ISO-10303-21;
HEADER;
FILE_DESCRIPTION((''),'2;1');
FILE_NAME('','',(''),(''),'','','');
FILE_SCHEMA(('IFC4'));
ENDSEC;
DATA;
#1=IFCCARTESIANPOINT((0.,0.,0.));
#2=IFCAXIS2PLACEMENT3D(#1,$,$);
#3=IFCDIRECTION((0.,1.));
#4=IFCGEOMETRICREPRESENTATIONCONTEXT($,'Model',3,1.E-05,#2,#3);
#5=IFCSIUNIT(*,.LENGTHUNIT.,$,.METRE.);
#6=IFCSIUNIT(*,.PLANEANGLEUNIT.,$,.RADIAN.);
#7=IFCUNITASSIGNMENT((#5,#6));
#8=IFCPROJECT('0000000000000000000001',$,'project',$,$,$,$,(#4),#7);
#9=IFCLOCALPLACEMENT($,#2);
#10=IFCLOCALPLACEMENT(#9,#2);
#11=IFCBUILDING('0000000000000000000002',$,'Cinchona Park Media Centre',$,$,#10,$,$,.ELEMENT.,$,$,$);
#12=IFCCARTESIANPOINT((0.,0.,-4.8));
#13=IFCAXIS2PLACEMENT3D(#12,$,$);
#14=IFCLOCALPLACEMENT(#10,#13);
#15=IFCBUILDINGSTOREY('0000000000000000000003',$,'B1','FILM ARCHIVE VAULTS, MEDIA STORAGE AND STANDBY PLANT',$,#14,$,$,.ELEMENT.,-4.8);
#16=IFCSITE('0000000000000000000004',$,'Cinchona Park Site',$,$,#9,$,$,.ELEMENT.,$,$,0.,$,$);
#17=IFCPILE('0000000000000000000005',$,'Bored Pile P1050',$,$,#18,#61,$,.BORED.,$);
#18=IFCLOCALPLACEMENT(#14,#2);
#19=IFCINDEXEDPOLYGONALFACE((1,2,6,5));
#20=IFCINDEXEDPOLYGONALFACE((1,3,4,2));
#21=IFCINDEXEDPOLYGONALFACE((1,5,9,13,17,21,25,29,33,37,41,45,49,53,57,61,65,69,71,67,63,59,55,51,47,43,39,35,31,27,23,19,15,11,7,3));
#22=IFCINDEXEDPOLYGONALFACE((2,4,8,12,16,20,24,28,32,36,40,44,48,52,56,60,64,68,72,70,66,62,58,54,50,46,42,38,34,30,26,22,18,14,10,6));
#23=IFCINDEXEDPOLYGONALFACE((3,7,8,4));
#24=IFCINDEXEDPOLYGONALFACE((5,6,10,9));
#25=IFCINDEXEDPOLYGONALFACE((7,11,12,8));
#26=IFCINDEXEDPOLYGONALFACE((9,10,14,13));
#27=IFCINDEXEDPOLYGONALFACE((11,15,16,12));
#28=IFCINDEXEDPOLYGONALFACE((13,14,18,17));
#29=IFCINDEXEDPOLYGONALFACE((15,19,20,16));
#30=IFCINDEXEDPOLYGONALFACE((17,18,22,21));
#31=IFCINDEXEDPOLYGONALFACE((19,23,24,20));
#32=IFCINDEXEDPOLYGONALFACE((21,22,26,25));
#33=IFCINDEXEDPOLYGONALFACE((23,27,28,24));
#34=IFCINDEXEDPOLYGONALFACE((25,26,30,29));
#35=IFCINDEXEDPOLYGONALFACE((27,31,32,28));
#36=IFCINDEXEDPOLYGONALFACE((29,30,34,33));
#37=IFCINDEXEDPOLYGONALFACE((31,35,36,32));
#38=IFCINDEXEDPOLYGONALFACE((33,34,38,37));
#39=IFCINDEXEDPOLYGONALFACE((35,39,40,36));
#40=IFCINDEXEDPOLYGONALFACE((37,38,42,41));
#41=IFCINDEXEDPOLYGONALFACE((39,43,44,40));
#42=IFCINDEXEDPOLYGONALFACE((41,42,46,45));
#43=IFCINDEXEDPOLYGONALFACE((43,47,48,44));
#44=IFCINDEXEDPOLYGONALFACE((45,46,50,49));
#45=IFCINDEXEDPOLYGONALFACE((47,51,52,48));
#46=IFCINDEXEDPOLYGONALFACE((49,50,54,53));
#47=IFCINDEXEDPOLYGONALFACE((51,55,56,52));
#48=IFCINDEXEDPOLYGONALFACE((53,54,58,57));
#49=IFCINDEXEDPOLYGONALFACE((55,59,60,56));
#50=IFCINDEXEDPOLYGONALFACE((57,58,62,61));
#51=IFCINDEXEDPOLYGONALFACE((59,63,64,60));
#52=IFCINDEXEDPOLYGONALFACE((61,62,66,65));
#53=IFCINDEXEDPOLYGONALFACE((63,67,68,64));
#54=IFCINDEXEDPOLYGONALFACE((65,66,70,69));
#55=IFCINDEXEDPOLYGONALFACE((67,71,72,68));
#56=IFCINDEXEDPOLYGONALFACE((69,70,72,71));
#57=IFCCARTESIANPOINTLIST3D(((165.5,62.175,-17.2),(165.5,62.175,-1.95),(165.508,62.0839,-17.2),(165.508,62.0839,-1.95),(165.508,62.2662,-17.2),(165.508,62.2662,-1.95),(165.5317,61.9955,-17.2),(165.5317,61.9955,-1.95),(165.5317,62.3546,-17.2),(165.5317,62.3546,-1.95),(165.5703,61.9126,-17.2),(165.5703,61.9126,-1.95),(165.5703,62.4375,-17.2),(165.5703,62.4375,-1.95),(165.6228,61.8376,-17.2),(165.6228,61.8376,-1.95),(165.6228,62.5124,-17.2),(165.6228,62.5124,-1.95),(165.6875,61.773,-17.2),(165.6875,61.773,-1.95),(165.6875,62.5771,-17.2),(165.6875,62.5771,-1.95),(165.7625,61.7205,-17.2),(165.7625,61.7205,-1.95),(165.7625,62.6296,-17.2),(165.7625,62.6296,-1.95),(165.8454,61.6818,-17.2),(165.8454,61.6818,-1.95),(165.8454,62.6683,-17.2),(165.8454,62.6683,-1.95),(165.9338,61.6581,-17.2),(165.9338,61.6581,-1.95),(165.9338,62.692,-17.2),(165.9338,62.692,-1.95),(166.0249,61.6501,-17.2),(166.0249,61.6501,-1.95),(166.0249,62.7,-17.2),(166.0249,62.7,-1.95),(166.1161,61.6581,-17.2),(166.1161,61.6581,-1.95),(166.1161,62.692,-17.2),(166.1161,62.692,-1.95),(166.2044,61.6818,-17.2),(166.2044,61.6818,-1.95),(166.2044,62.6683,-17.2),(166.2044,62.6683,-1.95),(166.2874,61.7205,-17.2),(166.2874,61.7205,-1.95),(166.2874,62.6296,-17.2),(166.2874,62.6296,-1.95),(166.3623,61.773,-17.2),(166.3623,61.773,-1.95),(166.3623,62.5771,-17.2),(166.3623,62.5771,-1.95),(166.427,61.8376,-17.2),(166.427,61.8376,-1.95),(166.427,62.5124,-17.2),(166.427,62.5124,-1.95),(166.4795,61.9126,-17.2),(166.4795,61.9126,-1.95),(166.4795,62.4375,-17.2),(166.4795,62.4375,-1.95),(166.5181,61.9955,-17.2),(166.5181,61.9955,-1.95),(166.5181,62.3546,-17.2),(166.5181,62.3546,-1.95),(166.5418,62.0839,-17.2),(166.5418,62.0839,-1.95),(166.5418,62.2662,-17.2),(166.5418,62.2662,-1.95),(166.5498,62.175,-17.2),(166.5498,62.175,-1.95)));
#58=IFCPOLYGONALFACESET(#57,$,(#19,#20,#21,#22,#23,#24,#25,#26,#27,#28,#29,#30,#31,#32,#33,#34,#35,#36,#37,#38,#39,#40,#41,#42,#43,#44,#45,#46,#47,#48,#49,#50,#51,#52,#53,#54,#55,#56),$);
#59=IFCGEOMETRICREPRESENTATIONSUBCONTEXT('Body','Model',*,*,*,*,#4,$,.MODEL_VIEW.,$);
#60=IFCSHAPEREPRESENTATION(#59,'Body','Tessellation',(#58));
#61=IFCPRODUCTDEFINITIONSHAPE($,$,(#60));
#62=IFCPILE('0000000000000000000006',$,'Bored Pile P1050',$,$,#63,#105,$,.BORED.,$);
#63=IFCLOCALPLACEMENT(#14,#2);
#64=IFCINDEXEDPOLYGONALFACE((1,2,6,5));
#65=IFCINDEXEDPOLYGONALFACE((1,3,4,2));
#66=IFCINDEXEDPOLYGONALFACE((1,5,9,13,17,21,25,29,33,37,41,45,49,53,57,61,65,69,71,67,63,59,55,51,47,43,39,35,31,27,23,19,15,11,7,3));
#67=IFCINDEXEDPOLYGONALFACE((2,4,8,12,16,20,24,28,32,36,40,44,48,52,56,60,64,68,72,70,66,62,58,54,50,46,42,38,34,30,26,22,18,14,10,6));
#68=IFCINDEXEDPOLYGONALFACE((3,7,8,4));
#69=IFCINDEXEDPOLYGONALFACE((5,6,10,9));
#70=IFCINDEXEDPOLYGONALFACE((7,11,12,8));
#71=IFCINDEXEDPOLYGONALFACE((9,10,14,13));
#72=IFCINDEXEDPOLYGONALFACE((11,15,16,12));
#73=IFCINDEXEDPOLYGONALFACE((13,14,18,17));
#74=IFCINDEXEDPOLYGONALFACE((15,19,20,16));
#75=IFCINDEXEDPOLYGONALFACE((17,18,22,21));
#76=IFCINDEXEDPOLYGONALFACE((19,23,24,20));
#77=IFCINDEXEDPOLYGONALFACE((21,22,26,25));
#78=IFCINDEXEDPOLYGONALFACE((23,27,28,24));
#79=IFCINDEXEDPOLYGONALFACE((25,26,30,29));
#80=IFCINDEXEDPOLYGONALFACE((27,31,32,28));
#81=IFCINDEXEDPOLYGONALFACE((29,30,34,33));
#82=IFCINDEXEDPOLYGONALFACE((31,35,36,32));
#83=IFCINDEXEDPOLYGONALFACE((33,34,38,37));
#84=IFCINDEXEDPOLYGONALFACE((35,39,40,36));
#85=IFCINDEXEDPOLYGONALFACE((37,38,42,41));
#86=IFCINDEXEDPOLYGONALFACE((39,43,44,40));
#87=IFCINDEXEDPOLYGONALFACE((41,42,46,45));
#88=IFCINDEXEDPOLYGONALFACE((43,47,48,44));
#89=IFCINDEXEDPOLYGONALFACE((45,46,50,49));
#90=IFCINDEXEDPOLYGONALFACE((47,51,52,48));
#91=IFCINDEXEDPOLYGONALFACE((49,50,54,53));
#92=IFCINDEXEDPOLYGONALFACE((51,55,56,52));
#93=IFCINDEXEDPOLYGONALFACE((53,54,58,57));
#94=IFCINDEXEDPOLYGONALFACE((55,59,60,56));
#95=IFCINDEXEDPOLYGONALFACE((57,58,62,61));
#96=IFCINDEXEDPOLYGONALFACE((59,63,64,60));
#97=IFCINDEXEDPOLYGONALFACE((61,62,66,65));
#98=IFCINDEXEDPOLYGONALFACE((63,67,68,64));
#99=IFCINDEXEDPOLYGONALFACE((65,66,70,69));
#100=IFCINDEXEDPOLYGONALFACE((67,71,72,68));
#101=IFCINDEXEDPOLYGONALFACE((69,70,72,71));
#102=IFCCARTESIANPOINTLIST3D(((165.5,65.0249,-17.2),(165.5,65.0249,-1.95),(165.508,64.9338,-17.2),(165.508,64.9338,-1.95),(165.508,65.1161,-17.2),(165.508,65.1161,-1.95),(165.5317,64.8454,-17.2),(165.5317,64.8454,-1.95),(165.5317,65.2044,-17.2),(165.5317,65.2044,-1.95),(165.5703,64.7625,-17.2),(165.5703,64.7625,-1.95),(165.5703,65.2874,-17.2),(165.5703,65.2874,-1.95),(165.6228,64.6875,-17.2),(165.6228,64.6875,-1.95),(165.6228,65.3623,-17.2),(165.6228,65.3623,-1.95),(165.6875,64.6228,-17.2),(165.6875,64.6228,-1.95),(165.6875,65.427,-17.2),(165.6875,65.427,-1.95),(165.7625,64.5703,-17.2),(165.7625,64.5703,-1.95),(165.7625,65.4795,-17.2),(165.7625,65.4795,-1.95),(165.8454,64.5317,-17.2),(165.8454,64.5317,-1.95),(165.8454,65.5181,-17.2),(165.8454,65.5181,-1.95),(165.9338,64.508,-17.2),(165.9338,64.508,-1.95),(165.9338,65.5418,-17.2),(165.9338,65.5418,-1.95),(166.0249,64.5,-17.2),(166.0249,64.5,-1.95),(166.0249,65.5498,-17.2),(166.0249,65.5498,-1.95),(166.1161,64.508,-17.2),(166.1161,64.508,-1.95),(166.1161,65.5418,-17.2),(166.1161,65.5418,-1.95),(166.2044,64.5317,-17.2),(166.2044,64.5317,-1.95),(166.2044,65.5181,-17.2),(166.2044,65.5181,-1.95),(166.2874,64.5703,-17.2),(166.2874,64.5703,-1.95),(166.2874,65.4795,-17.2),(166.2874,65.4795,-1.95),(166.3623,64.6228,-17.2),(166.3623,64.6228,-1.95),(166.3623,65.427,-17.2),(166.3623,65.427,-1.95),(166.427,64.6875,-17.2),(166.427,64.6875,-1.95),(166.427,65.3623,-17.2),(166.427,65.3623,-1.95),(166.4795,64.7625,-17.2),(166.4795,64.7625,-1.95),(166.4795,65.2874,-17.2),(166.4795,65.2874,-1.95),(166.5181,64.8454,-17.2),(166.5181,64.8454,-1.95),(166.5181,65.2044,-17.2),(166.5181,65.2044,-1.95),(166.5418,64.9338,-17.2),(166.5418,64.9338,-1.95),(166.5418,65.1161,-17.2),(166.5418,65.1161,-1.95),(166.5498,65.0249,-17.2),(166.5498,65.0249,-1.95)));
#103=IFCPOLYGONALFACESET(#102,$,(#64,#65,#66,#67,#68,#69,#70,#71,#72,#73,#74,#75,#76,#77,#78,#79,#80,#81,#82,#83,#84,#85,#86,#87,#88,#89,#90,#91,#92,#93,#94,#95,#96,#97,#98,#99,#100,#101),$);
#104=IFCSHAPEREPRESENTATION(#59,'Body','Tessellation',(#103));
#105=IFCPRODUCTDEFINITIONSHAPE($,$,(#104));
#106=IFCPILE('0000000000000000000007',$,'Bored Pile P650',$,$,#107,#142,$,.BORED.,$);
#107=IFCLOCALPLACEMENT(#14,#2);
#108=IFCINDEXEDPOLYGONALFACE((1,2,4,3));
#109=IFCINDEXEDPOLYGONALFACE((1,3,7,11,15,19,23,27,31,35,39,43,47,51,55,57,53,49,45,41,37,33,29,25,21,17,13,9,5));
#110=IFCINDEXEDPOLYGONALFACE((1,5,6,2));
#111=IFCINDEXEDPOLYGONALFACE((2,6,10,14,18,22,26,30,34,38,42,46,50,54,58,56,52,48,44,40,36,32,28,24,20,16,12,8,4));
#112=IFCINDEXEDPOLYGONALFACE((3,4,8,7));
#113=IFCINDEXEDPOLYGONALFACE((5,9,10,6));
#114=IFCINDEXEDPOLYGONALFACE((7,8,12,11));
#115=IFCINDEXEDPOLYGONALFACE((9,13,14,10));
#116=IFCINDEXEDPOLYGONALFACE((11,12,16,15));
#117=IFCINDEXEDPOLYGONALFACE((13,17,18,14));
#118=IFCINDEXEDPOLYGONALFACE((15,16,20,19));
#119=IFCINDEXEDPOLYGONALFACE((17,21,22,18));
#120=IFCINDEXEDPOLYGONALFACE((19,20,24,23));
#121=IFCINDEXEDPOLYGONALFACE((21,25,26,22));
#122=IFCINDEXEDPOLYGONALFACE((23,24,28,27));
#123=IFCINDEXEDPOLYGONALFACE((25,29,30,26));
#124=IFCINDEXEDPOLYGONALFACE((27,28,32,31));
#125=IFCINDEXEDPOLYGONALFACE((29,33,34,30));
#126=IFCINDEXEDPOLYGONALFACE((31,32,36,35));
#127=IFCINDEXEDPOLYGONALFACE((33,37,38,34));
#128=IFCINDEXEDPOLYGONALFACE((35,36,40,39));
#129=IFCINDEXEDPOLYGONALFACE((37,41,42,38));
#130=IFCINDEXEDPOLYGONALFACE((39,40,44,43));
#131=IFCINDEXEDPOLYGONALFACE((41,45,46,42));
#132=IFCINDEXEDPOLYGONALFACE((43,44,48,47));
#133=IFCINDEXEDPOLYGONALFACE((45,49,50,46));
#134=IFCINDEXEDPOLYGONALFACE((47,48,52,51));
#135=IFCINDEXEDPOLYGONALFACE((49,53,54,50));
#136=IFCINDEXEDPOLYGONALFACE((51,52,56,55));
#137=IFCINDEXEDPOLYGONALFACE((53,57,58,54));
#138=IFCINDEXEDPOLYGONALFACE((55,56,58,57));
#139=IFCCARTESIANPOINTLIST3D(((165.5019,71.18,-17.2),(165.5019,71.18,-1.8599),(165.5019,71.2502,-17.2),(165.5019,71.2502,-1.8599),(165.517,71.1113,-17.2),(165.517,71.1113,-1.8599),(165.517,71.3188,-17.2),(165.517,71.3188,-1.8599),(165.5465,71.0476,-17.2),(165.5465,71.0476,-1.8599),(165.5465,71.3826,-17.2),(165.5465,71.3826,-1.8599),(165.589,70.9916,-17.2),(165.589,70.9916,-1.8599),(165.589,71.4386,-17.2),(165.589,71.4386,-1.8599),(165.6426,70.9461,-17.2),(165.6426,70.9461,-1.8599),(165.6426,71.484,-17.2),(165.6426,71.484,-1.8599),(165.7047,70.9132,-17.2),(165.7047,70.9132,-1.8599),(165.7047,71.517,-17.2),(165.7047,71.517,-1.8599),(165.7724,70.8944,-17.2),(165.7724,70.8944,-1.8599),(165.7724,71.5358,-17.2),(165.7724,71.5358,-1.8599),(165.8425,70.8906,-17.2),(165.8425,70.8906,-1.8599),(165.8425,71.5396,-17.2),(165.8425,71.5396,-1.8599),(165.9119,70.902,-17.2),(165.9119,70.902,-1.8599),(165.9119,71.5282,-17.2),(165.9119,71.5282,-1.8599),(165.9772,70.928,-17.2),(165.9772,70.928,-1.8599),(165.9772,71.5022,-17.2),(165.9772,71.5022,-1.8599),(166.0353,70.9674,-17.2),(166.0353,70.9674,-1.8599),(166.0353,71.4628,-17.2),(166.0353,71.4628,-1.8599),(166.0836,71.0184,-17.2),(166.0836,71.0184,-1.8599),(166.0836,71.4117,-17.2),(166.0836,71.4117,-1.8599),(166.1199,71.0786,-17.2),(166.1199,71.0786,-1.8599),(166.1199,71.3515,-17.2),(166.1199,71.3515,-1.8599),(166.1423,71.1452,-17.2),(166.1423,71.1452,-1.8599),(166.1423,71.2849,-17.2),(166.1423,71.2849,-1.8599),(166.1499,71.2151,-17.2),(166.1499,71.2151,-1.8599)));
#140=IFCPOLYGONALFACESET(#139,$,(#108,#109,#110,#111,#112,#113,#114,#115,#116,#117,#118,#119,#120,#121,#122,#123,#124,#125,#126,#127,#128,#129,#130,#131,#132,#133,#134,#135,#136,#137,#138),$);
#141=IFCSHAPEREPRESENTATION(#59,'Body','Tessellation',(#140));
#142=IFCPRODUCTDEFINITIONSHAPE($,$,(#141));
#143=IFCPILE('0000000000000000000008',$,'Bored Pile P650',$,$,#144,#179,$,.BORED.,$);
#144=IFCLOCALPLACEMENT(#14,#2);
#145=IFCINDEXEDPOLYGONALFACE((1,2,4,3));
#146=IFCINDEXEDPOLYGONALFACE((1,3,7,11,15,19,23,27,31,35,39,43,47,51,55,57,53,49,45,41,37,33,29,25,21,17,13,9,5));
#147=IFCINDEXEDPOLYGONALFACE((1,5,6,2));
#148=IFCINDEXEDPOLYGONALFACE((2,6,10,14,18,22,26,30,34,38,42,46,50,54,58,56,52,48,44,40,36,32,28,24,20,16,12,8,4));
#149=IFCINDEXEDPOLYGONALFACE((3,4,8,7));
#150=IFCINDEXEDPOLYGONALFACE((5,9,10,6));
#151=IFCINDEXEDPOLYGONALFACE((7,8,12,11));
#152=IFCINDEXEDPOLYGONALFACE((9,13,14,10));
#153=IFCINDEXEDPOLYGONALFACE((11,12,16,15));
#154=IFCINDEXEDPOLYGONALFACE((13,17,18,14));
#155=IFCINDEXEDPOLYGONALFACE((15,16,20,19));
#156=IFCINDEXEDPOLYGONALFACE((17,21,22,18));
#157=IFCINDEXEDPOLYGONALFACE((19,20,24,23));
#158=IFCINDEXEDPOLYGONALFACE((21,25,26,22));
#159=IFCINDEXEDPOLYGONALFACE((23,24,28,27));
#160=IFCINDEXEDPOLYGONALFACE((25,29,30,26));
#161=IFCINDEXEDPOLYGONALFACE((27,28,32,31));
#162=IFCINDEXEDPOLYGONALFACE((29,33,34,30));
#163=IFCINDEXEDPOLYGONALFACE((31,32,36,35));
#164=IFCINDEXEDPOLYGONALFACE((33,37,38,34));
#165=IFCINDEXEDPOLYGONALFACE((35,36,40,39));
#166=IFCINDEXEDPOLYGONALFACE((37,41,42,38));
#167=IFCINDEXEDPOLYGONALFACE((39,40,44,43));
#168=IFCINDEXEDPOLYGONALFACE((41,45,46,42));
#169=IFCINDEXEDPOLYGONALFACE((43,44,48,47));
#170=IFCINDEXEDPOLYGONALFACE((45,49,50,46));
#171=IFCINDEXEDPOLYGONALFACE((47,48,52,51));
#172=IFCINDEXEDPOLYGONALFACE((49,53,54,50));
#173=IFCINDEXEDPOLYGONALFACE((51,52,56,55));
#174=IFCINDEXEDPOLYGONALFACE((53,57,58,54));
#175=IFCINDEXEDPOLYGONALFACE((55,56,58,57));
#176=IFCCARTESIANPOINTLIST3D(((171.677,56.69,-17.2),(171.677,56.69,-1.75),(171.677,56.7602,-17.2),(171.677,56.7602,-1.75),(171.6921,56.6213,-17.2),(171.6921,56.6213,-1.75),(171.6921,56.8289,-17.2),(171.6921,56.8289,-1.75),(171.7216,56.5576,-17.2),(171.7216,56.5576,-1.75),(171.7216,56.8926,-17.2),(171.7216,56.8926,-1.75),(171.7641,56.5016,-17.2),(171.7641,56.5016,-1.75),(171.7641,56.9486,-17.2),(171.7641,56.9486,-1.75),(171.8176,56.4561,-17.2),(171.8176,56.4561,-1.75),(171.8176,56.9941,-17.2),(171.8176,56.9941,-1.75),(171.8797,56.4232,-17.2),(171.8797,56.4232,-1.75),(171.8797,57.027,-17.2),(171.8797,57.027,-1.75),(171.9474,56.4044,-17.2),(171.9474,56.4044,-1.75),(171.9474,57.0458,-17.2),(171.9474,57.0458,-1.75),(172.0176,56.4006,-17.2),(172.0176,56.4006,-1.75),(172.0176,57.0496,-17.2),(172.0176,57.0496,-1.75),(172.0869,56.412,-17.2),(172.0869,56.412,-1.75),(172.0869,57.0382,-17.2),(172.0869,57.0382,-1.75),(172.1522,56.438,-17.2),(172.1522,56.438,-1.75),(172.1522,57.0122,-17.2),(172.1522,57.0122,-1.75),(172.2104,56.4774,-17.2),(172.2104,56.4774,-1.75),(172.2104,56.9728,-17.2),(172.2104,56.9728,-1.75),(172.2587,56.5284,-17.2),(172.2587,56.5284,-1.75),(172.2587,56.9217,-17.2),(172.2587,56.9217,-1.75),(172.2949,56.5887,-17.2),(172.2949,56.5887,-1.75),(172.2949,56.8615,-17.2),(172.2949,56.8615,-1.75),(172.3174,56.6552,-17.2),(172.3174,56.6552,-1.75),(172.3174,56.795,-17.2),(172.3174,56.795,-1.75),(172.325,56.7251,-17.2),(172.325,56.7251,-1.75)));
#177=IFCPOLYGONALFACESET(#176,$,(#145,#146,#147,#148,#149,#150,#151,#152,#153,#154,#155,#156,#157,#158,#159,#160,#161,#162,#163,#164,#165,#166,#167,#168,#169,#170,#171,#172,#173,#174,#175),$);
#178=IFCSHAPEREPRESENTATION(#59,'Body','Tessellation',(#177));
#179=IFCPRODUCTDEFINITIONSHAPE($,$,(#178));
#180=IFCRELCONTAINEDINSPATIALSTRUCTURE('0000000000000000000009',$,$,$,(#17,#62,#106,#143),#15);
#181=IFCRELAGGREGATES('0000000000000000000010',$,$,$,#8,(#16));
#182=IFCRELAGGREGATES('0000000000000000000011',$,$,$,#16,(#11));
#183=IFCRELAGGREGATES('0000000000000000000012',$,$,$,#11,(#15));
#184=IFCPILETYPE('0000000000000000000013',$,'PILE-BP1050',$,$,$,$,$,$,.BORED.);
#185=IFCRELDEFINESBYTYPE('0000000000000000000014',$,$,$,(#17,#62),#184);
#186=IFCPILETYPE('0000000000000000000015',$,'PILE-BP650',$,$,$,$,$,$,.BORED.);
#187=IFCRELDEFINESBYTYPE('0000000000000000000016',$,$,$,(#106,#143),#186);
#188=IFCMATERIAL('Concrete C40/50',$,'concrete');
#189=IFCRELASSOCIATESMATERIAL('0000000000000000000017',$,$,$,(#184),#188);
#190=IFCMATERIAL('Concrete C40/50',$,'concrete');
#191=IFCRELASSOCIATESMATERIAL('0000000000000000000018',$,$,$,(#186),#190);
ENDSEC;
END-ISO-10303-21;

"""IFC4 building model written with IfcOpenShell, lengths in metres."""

from ifc_helpers import new_model, si_unit, direction, frame, origin, origin_2d, place, context, subcontext, project, spatial, circle, extrude, material, material_profile, profile_set, type_object, element, save


model = new_model("IFC4")

# Units and contexts
model_context = context("Model", 3, precision=1e-05, world=origin(), true_north=direction((0.0, 1.0)))
body_context = subcontext(model_context, "Body", "Model", "MODEL_VIEW")
ifc_project = project(units=[si_unit("LENGTHUNIT", "METRE"), si_unit("PLANEANGLEUNIT", "RADIAN")], contexts=[model_context])

# Site, building, storey
site_placement = place(None, origin())
site = spatial("IfcSite", under=ifc_project, at=site_placement, Name="Cinchona Park Site", CompositionType="ELEMENT", RefElevation=0.0)
building_placement = place(site_placement, origin())
building = spatial("IfcBuilding", under=site, at=building_placement, Name="Cinchona Park Media Centre", CompositionType="ELEMENT")
storey_placement = place(building_placement, frame((0.0, 0.0, -4.8)))
storey = spatial("IfcBuildingStorey", under=building, at=storey_placement, Name="B1", Description="FILM ARCHIVE VAULTS, MEDIA STORAGE AND STANDBY PLANT", CompositionType="ELEMENT", Elevation=-4.8)

# Piles
ifc_material_1 = material(Name="Concrete C40/50", Category="concrete")
ifc_material_profile_1 = material_profile(ifc_material_1, circle(Radius=0.5249, at=origin_2d()), Name="BORED PILE 1050")
ifc_profile_set_1 = profile_set([ifc_material_profile_1], Name="Concrete C40/50")
pile_type_1 = type_object("IfcPileType", Name="PILE-BP1050", PredefinedType="BORED", material=ifc_profile_set_1)
for number, where, z_axis, x_axis, name in (
    (1, (166.0249, 62.175, -1.95), (0.0, 0.0, -1.0), (1.0, 0.0, 0.0), "Bored Pile P1050"),
    (2, (166.0249, 65.0249, -1.95), (0.0, 0.0, -1.0), (1.0, 0.0, 0.0), "Bored Pile P1050"),
):
    element("IfcPile", number, at=place(storey_placement, frame(where, z_axis=z_axis, x_axis=x_axis)), inside=storey, type_object=pile_type_1, Name=name, PredefinedType="BORED", context=body_context, shape_type="SweptSolid", body=[
        extrude(circle(Radius=0.5249, at=origin_2d()), origin(), (0.0, 0.0, 1.0), 15.25),
    ])
ifc_material_2 = material(Name="Concrete C40/50", Category="concrete")
ifc_material_profile_2 = material_profile(ifc_material_2, circle(Radius=0.325, at=origin_2d()), Name="BORED PILE 650")
ifc_profile_set_2 = profile_set([ifc_material_profile_2], Name="Concrete C40/50")
pile_type_2 = type_object("IfcPileType", Name="PILE-BP650", PredefinedType="BORED", material=ifc_profile_set_2)
pile_1_placement = place(storey_placement, frame((165.825, 71.2151, -1.8599), z_axis=(0.0, 0.0, -1.0), x_axis=(1.0, 0.0, 0.0)))
element("IfcPile", 3, at=pile_1_placement, inside=storey, type_object=pile_type_2, Name="Bored Pile P650", PredefinedType="BORED", context=body_context, shape_type="SweptSolid", body=[
    extrude(circle(Radius=0.325, at=origin_2d()), origin(), (0.0, 0.0, 1.0), 15.3401),
])
pile_2_placement = place(storey_placement, frame((172.0, 56.7251, -1.75), z_axis=(0.0, 0.0, -1.0), x_axis=(1.0, 0.0, 0.0)))
element("IfcPile", 4, at=pile_2_placement, inside=storey, type_object=pile_type_2, Name="Bored Pile P650", PredefinedType="BORED", context=body_context, shape_type="SweptSolid", body=[
    extrude(circle(Radius=0.325, at=origin_2d()), origin(), (0.0, 0.0, 1.0), 15.45),
])

save(model, "model.ifc")
